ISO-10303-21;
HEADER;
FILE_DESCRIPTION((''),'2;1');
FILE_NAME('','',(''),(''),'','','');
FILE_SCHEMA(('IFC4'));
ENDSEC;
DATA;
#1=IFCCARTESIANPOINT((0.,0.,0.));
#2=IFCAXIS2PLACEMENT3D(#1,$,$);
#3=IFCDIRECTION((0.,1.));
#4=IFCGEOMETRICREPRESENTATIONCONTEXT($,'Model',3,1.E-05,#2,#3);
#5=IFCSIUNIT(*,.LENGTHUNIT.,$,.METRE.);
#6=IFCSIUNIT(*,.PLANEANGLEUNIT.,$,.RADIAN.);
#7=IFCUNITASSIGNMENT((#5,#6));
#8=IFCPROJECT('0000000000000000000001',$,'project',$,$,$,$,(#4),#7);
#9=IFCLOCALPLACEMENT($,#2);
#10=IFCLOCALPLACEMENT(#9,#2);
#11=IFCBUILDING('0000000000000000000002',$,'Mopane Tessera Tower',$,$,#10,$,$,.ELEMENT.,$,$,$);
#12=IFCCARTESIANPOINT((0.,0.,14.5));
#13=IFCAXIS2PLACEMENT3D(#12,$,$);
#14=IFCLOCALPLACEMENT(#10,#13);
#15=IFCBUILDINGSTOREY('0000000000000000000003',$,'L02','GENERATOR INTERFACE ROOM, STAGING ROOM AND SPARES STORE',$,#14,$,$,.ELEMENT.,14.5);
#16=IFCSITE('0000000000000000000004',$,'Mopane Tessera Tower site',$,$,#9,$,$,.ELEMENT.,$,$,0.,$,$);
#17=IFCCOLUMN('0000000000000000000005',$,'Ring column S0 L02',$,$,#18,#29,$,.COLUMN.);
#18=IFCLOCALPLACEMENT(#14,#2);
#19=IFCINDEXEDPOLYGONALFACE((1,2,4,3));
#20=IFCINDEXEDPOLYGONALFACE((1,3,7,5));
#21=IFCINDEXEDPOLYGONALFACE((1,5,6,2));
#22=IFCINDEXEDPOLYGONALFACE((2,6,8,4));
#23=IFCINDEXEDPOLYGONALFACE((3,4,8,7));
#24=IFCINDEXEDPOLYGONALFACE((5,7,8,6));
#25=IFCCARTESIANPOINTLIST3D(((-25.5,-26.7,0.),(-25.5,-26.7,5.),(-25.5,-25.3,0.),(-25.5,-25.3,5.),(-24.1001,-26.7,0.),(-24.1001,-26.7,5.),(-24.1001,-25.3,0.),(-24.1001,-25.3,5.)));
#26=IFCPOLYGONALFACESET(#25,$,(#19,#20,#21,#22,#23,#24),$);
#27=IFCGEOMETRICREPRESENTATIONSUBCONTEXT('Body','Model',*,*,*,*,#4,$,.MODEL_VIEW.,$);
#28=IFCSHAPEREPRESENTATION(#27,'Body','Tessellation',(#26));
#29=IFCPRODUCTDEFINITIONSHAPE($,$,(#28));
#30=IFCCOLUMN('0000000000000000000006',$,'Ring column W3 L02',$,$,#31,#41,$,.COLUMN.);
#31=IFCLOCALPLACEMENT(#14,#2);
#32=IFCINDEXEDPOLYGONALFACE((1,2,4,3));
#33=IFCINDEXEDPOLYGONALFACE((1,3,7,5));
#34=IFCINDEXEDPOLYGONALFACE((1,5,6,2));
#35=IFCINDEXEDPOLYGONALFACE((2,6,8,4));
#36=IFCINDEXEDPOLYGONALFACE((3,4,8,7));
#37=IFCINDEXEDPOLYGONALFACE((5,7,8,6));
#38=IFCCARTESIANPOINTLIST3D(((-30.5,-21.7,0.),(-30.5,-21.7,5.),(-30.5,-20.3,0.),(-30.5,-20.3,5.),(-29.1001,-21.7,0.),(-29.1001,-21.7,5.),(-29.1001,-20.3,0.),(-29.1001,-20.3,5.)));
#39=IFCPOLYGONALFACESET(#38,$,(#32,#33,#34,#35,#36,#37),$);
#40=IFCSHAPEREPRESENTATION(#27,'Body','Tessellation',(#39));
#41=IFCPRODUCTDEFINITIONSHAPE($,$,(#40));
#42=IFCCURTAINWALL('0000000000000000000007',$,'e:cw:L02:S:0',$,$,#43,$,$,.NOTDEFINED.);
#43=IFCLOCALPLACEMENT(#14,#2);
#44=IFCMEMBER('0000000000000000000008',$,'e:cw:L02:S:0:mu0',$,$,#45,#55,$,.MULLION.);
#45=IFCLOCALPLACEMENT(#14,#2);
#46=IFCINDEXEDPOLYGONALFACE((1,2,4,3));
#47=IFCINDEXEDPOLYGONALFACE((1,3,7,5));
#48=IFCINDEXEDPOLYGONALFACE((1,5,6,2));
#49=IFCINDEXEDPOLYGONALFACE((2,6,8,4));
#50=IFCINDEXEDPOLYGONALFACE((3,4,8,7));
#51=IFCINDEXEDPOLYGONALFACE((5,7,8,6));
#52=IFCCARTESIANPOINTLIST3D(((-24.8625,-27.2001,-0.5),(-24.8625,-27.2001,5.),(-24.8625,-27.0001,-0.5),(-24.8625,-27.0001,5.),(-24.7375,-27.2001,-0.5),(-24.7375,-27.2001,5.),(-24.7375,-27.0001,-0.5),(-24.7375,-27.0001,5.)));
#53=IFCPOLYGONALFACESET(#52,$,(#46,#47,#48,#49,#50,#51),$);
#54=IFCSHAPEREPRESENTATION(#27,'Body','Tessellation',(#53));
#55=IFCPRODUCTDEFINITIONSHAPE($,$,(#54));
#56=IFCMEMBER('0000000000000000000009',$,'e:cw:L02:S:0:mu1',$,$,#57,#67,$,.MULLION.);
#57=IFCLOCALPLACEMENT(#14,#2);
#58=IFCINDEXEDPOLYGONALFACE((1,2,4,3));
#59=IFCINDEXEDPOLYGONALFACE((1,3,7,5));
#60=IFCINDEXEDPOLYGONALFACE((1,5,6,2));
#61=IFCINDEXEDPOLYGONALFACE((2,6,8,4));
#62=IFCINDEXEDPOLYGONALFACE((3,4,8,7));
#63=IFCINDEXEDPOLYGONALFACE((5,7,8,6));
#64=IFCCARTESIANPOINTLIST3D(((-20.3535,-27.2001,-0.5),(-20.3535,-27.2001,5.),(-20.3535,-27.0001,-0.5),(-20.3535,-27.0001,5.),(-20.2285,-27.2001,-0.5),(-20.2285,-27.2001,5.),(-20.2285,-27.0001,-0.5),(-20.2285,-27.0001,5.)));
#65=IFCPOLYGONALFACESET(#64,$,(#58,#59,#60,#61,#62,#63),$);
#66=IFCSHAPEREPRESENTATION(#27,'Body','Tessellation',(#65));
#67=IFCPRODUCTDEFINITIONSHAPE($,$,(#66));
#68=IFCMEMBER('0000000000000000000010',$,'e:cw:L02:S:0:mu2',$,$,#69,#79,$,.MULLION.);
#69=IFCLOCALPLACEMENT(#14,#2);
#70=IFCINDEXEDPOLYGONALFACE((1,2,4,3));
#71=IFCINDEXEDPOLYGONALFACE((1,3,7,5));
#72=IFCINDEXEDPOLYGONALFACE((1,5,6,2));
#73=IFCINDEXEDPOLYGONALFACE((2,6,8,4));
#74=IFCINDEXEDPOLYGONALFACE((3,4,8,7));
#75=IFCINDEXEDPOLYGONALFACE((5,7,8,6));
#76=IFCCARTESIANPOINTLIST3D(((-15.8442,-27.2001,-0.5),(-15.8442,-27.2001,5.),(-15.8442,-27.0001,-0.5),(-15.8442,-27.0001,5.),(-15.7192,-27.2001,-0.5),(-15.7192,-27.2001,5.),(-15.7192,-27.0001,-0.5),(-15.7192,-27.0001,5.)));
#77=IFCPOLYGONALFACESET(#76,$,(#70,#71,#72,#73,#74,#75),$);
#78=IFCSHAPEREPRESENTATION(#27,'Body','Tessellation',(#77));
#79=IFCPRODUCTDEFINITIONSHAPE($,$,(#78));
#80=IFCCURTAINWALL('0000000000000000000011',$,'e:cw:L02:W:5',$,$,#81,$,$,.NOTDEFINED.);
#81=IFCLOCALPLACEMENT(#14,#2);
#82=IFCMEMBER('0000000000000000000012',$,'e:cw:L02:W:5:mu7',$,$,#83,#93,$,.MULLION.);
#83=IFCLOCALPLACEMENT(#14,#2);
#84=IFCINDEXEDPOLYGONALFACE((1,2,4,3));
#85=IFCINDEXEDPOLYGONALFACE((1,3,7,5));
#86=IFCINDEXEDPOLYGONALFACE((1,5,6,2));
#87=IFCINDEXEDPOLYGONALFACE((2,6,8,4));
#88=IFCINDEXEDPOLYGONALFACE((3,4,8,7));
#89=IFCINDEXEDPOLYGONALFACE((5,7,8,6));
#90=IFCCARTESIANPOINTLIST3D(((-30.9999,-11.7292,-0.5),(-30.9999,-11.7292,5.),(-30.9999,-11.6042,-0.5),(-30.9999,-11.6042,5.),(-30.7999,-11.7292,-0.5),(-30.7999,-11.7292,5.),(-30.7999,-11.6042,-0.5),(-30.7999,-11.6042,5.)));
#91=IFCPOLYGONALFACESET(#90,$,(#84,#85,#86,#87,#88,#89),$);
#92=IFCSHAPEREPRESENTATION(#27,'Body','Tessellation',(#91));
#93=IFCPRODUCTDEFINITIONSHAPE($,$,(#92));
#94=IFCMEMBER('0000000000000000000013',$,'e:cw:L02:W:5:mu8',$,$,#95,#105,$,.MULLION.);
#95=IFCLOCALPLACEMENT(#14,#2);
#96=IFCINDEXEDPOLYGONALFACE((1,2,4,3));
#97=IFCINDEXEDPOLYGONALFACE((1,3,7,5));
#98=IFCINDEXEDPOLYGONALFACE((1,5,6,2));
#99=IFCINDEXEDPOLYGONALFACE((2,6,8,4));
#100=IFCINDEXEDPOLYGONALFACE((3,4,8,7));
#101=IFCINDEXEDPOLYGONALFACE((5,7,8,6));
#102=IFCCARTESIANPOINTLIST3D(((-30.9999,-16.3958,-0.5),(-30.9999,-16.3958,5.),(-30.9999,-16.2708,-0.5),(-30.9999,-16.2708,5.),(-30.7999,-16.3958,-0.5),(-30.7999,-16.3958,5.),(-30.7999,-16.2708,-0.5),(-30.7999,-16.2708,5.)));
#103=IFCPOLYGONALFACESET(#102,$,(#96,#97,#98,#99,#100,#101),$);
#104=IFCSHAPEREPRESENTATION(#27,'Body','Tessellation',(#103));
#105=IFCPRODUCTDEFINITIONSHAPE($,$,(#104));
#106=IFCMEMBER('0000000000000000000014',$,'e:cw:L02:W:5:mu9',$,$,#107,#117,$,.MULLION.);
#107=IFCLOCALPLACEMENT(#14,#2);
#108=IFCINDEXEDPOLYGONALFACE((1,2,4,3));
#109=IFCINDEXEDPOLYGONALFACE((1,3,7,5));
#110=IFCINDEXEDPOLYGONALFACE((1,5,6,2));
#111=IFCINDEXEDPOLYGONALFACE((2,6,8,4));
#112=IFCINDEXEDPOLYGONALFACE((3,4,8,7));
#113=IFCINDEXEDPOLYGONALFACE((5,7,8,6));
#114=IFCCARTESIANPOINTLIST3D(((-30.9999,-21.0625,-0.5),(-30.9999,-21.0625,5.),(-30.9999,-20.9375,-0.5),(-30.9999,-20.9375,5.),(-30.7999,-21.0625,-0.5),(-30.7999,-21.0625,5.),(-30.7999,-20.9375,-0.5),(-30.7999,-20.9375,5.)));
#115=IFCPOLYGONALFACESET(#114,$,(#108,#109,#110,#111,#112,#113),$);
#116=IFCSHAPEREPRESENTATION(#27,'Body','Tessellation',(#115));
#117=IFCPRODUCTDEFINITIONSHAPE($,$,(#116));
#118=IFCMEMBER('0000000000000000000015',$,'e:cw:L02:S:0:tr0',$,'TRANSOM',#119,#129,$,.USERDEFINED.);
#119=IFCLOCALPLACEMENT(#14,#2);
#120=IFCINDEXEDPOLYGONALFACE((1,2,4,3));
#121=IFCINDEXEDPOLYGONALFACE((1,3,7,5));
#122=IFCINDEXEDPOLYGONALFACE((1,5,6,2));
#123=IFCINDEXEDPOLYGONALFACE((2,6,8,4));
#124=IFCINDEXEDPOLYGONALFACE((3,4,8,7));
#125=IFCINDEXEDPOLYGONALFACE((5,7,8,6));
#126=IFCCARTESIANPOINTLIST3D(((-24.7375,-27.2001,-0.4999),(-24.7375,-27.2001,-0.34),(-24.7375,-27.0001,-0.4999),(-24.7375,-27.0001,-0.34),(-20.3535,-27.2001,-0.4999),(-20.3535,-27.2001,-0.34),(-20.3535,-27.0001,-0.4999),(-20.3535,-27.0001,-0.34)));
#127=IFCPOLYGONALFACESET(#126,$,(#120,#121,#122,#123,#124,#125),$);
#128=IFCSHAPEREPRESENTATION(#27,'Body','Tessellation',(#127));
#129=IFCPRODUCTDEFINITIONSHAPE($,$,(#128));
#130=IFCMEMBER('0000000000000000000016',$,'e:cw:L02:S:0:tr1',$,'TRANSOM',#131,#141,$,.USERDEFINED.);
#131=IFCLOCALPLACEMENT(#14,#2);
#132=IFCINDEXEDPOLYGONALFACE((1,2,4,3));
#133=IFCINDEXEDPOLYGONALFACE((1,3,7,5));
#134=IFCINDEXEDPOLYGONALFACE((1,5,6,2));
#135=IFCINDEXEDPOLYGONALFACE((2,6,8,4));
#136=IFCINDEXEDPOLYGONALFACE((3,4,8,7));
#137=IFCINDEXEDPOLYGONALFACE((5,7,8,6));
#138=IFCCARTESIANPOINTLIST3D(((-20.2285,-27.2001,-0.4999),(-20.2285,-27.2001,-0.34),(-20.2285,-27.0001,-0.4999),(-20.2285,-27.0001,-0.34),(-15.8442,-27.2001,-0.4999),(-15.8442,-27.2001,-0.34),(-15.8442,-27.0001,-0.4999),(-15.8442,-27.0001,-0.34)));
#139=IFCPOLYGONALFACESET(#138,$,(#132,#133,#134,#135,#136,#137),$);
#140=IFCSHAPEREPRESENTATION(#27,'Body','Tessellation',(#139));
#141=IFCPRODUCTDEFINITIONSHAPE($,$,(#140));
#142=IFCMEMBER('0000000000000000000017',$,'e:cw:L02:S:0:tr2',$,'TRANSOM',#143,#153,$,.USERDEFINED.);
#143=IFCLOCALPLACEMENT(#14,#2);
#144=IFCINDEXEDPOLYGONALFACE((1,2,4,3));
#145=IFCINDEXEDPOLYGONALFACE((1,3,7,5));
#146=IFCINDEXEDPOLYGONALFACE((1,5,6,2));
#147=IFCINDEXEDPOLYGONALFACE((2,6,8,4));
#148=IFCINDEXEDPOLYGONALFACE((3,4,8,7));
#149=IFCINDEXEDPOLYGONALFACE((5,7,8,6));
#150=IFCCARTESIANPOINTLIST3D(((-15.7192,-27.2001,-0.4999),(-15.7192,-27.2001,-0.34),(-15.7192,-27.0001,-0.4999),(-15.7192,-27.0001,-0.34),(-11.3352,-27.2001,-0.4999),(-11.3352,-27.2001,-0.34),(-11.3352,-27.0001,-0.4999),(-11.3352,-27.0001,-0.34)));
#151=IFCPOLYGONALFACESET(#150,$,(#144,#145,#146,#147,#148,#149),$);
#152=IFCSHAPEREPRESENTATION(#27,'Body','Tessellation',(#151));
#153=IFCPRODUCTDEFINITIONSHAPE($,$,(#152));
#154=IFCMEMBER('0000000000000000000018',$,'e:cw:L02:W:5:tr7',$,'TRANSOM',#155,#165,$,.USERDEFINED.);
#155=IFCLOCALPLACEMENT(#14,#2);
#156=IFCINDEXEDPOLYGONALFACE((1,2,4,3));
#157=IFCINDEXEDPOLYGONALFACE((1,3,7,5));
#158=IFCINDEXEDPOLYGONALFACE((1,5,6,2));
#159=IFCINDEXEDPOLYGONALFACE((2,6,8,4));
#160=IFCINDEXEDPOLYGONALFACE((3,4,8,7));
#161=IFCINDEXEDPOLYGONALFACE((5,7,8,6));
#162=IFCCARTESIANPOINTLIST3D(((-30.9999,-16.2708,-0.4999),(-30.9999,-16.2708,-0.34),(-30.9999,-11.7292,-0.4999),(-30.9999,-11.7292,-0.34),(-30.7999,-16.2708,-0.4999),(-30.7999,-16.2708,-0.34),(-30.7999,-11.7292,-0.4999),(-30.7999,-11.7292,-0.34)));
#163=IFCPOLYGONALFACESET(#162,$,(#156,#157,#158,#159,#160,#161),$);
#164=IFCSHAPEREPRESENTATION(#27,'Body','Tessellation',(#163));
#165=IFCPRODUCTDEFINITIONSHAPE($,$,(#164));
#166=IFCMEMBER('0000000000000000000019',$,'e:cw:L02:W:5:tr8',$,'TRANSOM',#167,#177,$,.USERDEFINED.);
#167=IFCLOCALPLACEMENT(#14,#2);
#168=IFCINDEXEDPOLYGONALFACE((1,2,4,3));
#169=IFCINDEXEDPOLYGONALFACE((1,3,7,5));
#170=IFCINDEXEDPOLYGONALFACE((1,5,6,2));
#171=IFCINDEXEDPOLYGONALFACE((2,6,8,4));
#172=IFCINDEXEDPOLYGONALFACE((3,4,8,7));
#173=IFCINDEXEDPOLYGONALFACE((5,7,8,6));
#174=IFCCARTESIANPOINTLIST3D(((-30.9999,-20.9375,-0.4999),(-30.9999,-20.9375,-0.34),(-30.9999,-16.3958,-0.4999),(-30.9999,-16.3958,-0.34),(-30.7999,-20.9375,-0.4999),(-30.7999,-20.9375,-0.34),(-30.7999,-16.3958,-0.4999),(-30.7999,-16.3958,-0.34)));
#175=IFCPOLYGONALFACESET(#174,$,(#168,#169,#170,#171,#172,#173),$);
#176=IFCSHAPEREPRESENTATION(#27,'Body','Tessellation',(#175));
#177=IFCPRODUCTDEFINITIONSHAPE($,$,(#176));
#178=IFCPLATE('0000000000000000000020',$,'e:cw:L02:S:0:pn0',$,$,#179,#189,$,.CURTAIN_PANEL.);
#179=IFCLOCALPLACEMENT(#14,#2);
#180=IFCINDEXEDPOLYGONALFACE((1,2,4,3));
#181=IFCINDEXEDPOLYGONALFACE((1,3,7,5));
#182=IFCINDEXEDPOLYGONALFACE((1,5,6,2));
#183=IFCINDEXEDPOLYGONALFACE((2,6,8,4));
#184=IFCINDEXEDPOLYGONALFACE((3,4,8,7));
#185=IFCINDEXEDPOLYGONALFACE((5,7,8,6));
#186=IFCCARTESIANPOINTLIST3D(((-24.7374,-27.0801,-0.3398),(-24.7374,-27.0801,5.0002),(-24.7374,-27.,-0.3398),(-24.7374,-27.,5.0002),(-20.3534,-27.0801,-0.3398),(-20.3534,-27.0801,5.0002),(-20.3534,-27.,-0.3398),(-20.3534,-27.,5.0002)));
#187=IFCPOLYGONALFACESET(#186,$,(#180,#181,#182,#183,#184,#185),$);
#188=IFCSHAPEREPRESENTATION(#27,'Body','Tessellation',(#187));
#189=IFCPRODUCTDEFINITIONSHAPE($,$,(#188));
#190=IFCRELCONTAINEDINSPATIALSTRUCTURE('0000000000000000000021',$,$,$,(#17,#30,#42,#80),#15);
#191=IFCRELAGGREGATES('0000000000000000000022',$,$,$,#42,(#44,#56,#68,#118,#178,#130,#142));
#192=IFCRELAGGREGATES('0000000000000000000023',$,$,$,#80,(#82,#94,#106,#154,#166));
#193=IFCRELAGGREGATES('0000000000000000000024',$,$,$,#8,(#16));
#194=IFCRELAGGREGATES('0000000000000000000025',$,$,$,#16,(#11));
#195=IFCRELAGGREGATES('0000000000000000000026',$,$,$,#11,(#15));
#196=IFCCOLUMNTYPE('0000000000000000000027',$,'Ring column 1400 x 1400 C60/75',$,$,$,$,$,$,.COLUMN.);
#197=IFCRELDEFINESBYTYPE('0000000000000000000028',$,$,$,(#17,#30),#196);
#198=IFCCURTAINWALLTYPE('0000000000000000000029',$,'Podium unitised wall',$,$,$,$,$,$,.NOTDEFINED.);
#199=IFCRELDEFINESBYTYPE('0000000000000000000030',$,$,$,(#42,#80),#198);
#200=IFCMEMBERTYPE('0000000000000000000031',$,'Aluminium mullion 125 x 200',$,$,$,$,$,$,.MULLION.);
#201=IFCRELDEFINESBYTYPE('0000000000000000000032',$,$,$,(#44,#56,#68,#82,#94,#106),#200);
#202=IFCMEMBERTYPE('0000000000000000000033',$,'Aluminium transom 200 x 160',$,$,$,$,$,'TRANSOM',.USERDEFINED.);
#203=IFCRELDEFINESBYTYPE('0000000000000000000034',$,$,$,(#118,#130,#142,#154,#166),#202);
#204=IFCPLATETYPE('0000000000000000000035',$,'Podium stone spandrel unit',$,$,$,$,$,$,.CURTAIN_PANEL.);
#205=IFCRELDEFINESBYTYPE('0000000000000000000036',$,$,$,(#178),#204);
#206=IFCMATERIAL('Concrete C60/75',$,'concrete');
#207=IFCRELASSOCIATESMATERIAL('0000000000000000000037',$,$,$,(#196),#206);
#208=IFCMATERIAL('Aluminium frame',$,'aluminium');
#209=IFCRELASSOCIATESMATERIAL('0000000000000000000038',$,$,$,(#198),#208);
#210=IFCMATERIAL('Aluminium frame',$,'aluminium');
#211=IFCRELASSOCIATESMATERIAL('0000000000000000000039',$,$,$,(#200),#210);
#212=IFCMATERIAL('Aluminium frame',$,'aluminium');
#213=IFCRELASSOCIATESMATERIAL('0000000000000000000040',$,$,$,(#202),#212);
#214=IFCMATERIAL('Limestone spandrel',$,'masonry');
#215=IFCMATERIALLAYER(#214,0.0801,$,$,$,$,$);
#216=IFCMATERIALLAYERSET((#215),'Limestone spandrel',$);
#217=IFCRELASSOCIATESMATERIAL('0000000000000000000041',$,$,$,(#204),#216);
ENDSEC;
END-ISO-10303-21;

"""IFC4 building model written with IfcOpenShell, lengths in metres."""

from ifc_helpers import new_model, si_unit, direction, frame, origin, origin_2d, place, context, subcontext, project, spatial, rectangle, extrude, material, layer, layer_set, material_profile, profile_set, type_object, element, aggregate, save


model = new_model("IFC4")

# Units and contexts
model_context = context("Model", 3, precision=1e-05, world=origin(), true_north=direction((0.0, 1.0)))
body_context = subcontext(model_context, "Body", "Model", "MODEL_VIEW")
ifc_project = project(units=[si_unit("LENGTHUNIT", "METRE"), si_unit("PLANEANGLEUNIT", "RADIAN")], contexts=[model_context])

# Site, building, storey
site_placement = place(None, origin())
site = spatial("IfcSite", under=ifc_project, at=site_placement, Name="Mopane Tessera Tower site", CompositionType="ELEMENT", RefElevation=0.0)
building_placement = place(site_placement, origin())
building = spatial("IfcBuilding", under=site, at=building_placement, Name="Mopane Tessera Tower", CompositionType="ELEMENT")
storey_placement = place(building_placement, frame((0.0, 0.0, 14.5)))
storey = spatial("IfcBuildingStorey", under=building, at=storey_placement, Name="L02", Description="GENERATOR INTERFACE ROOM, STAGING ROOM AND SPARES STORE", CompositionType="ELEMENT", Elevation=14.5)

# Columns
ifc_material_1 = material(Name="Concrete C60/75", Category="concrete")
ifc_material_profile_1 = material_profile(ifc_material_1, rectangle(XDim=1.3999, YDim=1.3999, at=origin_2d()))
ifc_profile_set_1 = profile_set([ifc_material_profile_1], Name="Concrete C60/75")
column_type = type_object("IfcColumnType", Name="Ring column 1400 x 1400 C60/75", PredefinedType="COLUMN", material=ifc_profile_set_1)
for number, where, z_axis, x_axis, name in (
    (1, (-24.8, -26.0, 0.0), (0.0, 0.0, 1.0), (1.0, 0.0, 0.0), "Ring column S0 L02"),
    (2, (-29.8, -21.0, 0.0), (0.0, 0.0, 1.0), (1.0, 0.0, 0.0), "Ring column W3 L02"),
):
    element("IfcColumn", number, at=place(storey_placement, frame(where, z_axis=z_axis, x_axis=x_axis)), inside=storey, type_object=column_type, Name=name, PredefinedType="COLUMN", context=body_context, shape_type="SweptSolid", body=[
        extrude(rectangle(XDim=1.3999, YDim=1.3999, at=origin_2d()), origin(), (0.0, 0.0, 1.0), 5.0),
    ])

# Curtain walls, members
ifc_material_2 = material(Name="Aluminium frame", Category="aluminium")
curtain_wall_type = type_object("IfcCurtainWallType", Name="Podium unitised wall", PredefinedType="NOTDEFINED", material=ifc_material_2)
curtain_wall_1_placement = place(storey_placement, origin())
curtain_wall_1 = element("IfcCurtainWall", 3, at=curtain_wall_1_placement, inside=storey, type_object=curtain_wall_type, Name="e:cw:L02:S:0", PredefinedType="NOTDEFINED")
ifc_material_3 = material(Name="Aluminium frame", Category="aluminium")
ifc_material_profile_2 = material_profile(ifc_material_3, rectangle(XDim=0.125, YDim=0.2, at=origin_2d()))
ifc_profile_set_2 = profile_set([ifc_material_profile_2], Name="Aluminium frame")
member_type_1 = type_object("IfcMemberType", Name="Aluminium mullion 125 x 200", PredefinedType="MULLION", material=ifc_profile_set_2)
member_1_placement = place(storey_placement, frame((-24.8, -27.1001, -0.5), z_axis=(0.0, 0.0, 1.0), x_axis=(1.0, 0.0, 0.0)))
member_1 = element("IfcMember", 4, at=member_1_placement, type_object=member_type_1, Name="e:cw:L02:S:0:mu0", PredefinedType="MULLION", context=body_context, shape_type="SweptSolid", body=[
    extrude(rectangle(XDim=0.125, YDim=0.2, at=origin_2d()), origin(), (0.0, 0.0, 1.0), 5.5),
])
member_2_placement = place(storey_placement, frame((-20.291, -27.1001, -0.5), z_axis=(0.0, 0.0, 1.0), x_axis=(1.0, 0.0, 0.0)))
member_2 = element("IfcMember", 5, at=member_2_placement, type_object=member_type_1, Name="e:cw:L02:S:0:mu1", PredefinedType="MULLION", context=body_context, shape_type="SweptSolid", body=[
    extrude(rectangle(XDim=0.125, YDim=0.2, at=origin_2d()), origin(), (0.0, 0.0, 1.0), 5.5),
])
member_3_placement = place(storey_placement, frame((-15.7817, -27.1001, -0.5), z_axis=(0.0, 0.0, 1.0), x_axis=(1.0, 0.0, 0.0)))
member_3 = element("IfcMember", 6, at=member_3_placement, type_object=member_type_1, Name="e:cw:L02:S:0:mu2", PredefinedType="MULLION", context=body_context, shape_type="SweptSolid", body=[
    extrude(rectangle(XDim=0.125, YDim=0.2, at=origin_2d()), origin(), (0.0, 0.0, 1.0), 5.5),
])
curtain_wall_2_placement = place(storey_placement, origin())
curtain_wall_2 = element("IfcCurtainWall", 7, at=curtain_wall_2_placement, inside=storey, type_object=curtain_wall_type, Name="e:cw:L02:W:5", PredefinedType="NOTDEFINED")
member_4_placement = place(storey_placement, frame((-30.8999, -11.6667, -0.5), z_axis=(0.0, 0.0, 1.0), x_axis=(0.0, -1.0, 0.0)))
member_4 = element("IfcMember", 8, at=member_4_placement, type_object=member_type_1, Name="e:cw:L02:W:5:mu7", PredefinedType="MULLION", context=body_context, shape_type="SweptSolid", body=[
    extrude(rectangle(XDim=0.125, YDim=0.2, at=origin_2d()), origin(), (0.0, 0.0, 1.0), 5.5),
])
member_5_placement = place(storey_placement, frame((-30.8999, -16.3333, -0.5), z_axis=(0.0, 0.0, 1.0), x_axis=(0.0, -1.0, 0.0)))
member_5 = element("IfcMember", 9, at=member_5_placement, type_object=member_type_1, Name="e:cw:L02:W:5:mu8", PredefinedType="MULLION", context=body_context, shape_type="SweptSolid", body=[
    extrude(rectangle(XDim=0.125, YDim=0.2, at=origin_2d()), origin(), (0.0, 0.0, 1.0), 5.5),
])
member_6_placement = place(storey_placement, frame((-30.8999, -21.0, -0.5), z_axis=(0.0, 0.0, 1.0), x_axis=(0.0, -1.0, 0.0)))
member_6 = element("IfcMember", 10, at=member_6_placement, type_object=member_type_1, Name="e:cw:L02:W:5:mu9", PredefinedType="MULLION", context=body_context, shape_type="SweptSolid", body=[
    extrude(rectangle(XDim=0.125, YDim=0.2, at=origin_2d()), origin(), (0.0, 0.0, 1.0), 5.5),
])

# Members
ifc_material_4 = material(Name="Aluminium frame", Category="aluminium")
ifc_material_profile_3 = material_profile(ifc_material_4, rectangle(XDim=0.2, YDim=0.1599, at=origin_2d()))
ifc_profile_set_3 = profile_set([ifc_material_profile_3], Name="Aluminium frame")
member_type_2 = type_object("IfcMemberType", Name="Aluminium transom 200 x 160", ElementType="TRANSOM", PredefinedType="USERDEFINED", material=ifc_profile_set_3)
member_7_placement = place(storey_placement, frame((-24.7375, -27.1001, -0.4199), z_axis=(1.0, 0.0, 0.0), x_axis=(0.0, 1.0, 0.0)))
member_7 = element("IfcMember", 11, at=member_7_placement, type_object=member_type_2, Name="e:cw:L02:S:0:tr0", ObjectType="TRANSOM", PredefinedType="USERDEFINED", context=body_context, shape_type="SweptSolid", body=[
    extrude(rectangle(XDim=0.2, YDim=0.1599, at=origin_2d()), origin(), (0.0, 0.0, 1.0), 4.384),
])
member_8_placement = place(storey_placement, frame((-20.2285, -27.1001, -0.4199), z_axis=(1.0, 0.0, 0.0), x_axis=(0.0, 1.0, 0.0)))
member_8 = element("IfcMember", 12, at=member_8_placement, type_object=member_type_2, Name="e:cw:L02:S:0:tr1", ObjectType="TRANSOM", PredefinedType="USERDEFINED", context=body_context, shape_type="SweptSolid", body=[
    extrude(rectangle(XDim=0.2, YDim=0.1599, at=origin_2d()), origin(), (0.0, 0.0, 1.0), 4.3843),
])
member_9_placement = place(storey_placement, frame((-15.7192, -27.1001, -0.4199), z_axis=(1.0, 0.0, 0.0), x_axis=(0.0, 1.0, 0.0)))
member_9 = element("IfcMember", 13, at=member_9_placement, type_object=member_type_2, Name="e:cw:L02:S:0:tr2", ObjectType="TRANSOM", PredefinedType="USERDEFINED", context=body_context, shape_type="SweptSolid", body=[
    extrude(rectangle(XDim=0.2, YDim=0.1599, at=origin_2d()), origin(), (0.0, 0.0, 1.0), 4.384),
])
member_10_placement = place(storey_placement, frame((-30.8999, -11.7292, -0.4199), z_axis=(0.0, -1.0, 0.0), x_axis=(1.0, 0.0, 0.0)))
member_10 = element("IfcMember", 14, at=member_10_placement, type_object=member_type_2, Name="e:cw:L02:W:5:tr7", ObjectType="TRANSOM", PredefinedType="USERDEFINED", context=body_context, shape_type="SweptSolid", body=[
    extrude(rectangle(XDim=0.2, YDim=0.1599, at=origin_2d()), origin(), (0.0, 0.0, 1.0), 4.5415),
])
member_11_placement = place(storey_placement, frame((-30.8999, -16.3958, -0.4199), z_axis=(0.0, -1.0, 0.0), x_axis=(1.0, 0.0, 0.0)))
member_11 = element("IfcMember", 15, at=member_11_placement, type_object=member_type_2, Name="e:cw:L02:W:5:tr8", ObjectType="TRANSOM", PredefinedType="USERDEFINED", context=body_context, shape_type="SweptSolid", body=[
    extrude(rectangle(XDim=0.2, YDim=0.1599, at=origin_2d()), origin(), (0.0, 0.0, 1.0), 4.5417),
])

# Plate
ifc_material_5 = material(Name="Limestone spandrel", Category="masonry")
ifc_layer_1 = layer(ifc_material_5, 0.0801)
ifc_layer_set_1 = layer_set([ifc_layer_1], Name="Limestone spandrel")
plate_type = type_object("IfcPlateType", Name="Podium stone spandrel unit", PredefinedType="CURTAIN_PANEL", material=ifc_layer_set_1)
plate_1_placement = place(storey_placement, frame((-22.5454, -27.04, -0.3398), z_axis=(0.0, 0.0, 1.0), x_axis=(1.0, 0.0, 0.0)))
plate_1 = element("IfcPlate", 16, at=plate_1_placement, type_object=plate_type, Name="e:cw:L02:S:0:pn0", PredefinedType="CURTAIN_PANEL", context=body_context, shape_type="SweptSolid", body=[
    extrude(rectangle(XDim=4.384, YDim=0.0801, at=origin_2d()), origin(), (0.0, 0.0, 1.0), 5.3401),
])
aggregate(curtain_wall_1, [member_1, member_2, member_3, member_7, plate_1, member_8, member_9])
aggregate(curtain_wall_2, [member_4, member_5, member_6, member_10, member_11])

save(model, "model.ifc")
